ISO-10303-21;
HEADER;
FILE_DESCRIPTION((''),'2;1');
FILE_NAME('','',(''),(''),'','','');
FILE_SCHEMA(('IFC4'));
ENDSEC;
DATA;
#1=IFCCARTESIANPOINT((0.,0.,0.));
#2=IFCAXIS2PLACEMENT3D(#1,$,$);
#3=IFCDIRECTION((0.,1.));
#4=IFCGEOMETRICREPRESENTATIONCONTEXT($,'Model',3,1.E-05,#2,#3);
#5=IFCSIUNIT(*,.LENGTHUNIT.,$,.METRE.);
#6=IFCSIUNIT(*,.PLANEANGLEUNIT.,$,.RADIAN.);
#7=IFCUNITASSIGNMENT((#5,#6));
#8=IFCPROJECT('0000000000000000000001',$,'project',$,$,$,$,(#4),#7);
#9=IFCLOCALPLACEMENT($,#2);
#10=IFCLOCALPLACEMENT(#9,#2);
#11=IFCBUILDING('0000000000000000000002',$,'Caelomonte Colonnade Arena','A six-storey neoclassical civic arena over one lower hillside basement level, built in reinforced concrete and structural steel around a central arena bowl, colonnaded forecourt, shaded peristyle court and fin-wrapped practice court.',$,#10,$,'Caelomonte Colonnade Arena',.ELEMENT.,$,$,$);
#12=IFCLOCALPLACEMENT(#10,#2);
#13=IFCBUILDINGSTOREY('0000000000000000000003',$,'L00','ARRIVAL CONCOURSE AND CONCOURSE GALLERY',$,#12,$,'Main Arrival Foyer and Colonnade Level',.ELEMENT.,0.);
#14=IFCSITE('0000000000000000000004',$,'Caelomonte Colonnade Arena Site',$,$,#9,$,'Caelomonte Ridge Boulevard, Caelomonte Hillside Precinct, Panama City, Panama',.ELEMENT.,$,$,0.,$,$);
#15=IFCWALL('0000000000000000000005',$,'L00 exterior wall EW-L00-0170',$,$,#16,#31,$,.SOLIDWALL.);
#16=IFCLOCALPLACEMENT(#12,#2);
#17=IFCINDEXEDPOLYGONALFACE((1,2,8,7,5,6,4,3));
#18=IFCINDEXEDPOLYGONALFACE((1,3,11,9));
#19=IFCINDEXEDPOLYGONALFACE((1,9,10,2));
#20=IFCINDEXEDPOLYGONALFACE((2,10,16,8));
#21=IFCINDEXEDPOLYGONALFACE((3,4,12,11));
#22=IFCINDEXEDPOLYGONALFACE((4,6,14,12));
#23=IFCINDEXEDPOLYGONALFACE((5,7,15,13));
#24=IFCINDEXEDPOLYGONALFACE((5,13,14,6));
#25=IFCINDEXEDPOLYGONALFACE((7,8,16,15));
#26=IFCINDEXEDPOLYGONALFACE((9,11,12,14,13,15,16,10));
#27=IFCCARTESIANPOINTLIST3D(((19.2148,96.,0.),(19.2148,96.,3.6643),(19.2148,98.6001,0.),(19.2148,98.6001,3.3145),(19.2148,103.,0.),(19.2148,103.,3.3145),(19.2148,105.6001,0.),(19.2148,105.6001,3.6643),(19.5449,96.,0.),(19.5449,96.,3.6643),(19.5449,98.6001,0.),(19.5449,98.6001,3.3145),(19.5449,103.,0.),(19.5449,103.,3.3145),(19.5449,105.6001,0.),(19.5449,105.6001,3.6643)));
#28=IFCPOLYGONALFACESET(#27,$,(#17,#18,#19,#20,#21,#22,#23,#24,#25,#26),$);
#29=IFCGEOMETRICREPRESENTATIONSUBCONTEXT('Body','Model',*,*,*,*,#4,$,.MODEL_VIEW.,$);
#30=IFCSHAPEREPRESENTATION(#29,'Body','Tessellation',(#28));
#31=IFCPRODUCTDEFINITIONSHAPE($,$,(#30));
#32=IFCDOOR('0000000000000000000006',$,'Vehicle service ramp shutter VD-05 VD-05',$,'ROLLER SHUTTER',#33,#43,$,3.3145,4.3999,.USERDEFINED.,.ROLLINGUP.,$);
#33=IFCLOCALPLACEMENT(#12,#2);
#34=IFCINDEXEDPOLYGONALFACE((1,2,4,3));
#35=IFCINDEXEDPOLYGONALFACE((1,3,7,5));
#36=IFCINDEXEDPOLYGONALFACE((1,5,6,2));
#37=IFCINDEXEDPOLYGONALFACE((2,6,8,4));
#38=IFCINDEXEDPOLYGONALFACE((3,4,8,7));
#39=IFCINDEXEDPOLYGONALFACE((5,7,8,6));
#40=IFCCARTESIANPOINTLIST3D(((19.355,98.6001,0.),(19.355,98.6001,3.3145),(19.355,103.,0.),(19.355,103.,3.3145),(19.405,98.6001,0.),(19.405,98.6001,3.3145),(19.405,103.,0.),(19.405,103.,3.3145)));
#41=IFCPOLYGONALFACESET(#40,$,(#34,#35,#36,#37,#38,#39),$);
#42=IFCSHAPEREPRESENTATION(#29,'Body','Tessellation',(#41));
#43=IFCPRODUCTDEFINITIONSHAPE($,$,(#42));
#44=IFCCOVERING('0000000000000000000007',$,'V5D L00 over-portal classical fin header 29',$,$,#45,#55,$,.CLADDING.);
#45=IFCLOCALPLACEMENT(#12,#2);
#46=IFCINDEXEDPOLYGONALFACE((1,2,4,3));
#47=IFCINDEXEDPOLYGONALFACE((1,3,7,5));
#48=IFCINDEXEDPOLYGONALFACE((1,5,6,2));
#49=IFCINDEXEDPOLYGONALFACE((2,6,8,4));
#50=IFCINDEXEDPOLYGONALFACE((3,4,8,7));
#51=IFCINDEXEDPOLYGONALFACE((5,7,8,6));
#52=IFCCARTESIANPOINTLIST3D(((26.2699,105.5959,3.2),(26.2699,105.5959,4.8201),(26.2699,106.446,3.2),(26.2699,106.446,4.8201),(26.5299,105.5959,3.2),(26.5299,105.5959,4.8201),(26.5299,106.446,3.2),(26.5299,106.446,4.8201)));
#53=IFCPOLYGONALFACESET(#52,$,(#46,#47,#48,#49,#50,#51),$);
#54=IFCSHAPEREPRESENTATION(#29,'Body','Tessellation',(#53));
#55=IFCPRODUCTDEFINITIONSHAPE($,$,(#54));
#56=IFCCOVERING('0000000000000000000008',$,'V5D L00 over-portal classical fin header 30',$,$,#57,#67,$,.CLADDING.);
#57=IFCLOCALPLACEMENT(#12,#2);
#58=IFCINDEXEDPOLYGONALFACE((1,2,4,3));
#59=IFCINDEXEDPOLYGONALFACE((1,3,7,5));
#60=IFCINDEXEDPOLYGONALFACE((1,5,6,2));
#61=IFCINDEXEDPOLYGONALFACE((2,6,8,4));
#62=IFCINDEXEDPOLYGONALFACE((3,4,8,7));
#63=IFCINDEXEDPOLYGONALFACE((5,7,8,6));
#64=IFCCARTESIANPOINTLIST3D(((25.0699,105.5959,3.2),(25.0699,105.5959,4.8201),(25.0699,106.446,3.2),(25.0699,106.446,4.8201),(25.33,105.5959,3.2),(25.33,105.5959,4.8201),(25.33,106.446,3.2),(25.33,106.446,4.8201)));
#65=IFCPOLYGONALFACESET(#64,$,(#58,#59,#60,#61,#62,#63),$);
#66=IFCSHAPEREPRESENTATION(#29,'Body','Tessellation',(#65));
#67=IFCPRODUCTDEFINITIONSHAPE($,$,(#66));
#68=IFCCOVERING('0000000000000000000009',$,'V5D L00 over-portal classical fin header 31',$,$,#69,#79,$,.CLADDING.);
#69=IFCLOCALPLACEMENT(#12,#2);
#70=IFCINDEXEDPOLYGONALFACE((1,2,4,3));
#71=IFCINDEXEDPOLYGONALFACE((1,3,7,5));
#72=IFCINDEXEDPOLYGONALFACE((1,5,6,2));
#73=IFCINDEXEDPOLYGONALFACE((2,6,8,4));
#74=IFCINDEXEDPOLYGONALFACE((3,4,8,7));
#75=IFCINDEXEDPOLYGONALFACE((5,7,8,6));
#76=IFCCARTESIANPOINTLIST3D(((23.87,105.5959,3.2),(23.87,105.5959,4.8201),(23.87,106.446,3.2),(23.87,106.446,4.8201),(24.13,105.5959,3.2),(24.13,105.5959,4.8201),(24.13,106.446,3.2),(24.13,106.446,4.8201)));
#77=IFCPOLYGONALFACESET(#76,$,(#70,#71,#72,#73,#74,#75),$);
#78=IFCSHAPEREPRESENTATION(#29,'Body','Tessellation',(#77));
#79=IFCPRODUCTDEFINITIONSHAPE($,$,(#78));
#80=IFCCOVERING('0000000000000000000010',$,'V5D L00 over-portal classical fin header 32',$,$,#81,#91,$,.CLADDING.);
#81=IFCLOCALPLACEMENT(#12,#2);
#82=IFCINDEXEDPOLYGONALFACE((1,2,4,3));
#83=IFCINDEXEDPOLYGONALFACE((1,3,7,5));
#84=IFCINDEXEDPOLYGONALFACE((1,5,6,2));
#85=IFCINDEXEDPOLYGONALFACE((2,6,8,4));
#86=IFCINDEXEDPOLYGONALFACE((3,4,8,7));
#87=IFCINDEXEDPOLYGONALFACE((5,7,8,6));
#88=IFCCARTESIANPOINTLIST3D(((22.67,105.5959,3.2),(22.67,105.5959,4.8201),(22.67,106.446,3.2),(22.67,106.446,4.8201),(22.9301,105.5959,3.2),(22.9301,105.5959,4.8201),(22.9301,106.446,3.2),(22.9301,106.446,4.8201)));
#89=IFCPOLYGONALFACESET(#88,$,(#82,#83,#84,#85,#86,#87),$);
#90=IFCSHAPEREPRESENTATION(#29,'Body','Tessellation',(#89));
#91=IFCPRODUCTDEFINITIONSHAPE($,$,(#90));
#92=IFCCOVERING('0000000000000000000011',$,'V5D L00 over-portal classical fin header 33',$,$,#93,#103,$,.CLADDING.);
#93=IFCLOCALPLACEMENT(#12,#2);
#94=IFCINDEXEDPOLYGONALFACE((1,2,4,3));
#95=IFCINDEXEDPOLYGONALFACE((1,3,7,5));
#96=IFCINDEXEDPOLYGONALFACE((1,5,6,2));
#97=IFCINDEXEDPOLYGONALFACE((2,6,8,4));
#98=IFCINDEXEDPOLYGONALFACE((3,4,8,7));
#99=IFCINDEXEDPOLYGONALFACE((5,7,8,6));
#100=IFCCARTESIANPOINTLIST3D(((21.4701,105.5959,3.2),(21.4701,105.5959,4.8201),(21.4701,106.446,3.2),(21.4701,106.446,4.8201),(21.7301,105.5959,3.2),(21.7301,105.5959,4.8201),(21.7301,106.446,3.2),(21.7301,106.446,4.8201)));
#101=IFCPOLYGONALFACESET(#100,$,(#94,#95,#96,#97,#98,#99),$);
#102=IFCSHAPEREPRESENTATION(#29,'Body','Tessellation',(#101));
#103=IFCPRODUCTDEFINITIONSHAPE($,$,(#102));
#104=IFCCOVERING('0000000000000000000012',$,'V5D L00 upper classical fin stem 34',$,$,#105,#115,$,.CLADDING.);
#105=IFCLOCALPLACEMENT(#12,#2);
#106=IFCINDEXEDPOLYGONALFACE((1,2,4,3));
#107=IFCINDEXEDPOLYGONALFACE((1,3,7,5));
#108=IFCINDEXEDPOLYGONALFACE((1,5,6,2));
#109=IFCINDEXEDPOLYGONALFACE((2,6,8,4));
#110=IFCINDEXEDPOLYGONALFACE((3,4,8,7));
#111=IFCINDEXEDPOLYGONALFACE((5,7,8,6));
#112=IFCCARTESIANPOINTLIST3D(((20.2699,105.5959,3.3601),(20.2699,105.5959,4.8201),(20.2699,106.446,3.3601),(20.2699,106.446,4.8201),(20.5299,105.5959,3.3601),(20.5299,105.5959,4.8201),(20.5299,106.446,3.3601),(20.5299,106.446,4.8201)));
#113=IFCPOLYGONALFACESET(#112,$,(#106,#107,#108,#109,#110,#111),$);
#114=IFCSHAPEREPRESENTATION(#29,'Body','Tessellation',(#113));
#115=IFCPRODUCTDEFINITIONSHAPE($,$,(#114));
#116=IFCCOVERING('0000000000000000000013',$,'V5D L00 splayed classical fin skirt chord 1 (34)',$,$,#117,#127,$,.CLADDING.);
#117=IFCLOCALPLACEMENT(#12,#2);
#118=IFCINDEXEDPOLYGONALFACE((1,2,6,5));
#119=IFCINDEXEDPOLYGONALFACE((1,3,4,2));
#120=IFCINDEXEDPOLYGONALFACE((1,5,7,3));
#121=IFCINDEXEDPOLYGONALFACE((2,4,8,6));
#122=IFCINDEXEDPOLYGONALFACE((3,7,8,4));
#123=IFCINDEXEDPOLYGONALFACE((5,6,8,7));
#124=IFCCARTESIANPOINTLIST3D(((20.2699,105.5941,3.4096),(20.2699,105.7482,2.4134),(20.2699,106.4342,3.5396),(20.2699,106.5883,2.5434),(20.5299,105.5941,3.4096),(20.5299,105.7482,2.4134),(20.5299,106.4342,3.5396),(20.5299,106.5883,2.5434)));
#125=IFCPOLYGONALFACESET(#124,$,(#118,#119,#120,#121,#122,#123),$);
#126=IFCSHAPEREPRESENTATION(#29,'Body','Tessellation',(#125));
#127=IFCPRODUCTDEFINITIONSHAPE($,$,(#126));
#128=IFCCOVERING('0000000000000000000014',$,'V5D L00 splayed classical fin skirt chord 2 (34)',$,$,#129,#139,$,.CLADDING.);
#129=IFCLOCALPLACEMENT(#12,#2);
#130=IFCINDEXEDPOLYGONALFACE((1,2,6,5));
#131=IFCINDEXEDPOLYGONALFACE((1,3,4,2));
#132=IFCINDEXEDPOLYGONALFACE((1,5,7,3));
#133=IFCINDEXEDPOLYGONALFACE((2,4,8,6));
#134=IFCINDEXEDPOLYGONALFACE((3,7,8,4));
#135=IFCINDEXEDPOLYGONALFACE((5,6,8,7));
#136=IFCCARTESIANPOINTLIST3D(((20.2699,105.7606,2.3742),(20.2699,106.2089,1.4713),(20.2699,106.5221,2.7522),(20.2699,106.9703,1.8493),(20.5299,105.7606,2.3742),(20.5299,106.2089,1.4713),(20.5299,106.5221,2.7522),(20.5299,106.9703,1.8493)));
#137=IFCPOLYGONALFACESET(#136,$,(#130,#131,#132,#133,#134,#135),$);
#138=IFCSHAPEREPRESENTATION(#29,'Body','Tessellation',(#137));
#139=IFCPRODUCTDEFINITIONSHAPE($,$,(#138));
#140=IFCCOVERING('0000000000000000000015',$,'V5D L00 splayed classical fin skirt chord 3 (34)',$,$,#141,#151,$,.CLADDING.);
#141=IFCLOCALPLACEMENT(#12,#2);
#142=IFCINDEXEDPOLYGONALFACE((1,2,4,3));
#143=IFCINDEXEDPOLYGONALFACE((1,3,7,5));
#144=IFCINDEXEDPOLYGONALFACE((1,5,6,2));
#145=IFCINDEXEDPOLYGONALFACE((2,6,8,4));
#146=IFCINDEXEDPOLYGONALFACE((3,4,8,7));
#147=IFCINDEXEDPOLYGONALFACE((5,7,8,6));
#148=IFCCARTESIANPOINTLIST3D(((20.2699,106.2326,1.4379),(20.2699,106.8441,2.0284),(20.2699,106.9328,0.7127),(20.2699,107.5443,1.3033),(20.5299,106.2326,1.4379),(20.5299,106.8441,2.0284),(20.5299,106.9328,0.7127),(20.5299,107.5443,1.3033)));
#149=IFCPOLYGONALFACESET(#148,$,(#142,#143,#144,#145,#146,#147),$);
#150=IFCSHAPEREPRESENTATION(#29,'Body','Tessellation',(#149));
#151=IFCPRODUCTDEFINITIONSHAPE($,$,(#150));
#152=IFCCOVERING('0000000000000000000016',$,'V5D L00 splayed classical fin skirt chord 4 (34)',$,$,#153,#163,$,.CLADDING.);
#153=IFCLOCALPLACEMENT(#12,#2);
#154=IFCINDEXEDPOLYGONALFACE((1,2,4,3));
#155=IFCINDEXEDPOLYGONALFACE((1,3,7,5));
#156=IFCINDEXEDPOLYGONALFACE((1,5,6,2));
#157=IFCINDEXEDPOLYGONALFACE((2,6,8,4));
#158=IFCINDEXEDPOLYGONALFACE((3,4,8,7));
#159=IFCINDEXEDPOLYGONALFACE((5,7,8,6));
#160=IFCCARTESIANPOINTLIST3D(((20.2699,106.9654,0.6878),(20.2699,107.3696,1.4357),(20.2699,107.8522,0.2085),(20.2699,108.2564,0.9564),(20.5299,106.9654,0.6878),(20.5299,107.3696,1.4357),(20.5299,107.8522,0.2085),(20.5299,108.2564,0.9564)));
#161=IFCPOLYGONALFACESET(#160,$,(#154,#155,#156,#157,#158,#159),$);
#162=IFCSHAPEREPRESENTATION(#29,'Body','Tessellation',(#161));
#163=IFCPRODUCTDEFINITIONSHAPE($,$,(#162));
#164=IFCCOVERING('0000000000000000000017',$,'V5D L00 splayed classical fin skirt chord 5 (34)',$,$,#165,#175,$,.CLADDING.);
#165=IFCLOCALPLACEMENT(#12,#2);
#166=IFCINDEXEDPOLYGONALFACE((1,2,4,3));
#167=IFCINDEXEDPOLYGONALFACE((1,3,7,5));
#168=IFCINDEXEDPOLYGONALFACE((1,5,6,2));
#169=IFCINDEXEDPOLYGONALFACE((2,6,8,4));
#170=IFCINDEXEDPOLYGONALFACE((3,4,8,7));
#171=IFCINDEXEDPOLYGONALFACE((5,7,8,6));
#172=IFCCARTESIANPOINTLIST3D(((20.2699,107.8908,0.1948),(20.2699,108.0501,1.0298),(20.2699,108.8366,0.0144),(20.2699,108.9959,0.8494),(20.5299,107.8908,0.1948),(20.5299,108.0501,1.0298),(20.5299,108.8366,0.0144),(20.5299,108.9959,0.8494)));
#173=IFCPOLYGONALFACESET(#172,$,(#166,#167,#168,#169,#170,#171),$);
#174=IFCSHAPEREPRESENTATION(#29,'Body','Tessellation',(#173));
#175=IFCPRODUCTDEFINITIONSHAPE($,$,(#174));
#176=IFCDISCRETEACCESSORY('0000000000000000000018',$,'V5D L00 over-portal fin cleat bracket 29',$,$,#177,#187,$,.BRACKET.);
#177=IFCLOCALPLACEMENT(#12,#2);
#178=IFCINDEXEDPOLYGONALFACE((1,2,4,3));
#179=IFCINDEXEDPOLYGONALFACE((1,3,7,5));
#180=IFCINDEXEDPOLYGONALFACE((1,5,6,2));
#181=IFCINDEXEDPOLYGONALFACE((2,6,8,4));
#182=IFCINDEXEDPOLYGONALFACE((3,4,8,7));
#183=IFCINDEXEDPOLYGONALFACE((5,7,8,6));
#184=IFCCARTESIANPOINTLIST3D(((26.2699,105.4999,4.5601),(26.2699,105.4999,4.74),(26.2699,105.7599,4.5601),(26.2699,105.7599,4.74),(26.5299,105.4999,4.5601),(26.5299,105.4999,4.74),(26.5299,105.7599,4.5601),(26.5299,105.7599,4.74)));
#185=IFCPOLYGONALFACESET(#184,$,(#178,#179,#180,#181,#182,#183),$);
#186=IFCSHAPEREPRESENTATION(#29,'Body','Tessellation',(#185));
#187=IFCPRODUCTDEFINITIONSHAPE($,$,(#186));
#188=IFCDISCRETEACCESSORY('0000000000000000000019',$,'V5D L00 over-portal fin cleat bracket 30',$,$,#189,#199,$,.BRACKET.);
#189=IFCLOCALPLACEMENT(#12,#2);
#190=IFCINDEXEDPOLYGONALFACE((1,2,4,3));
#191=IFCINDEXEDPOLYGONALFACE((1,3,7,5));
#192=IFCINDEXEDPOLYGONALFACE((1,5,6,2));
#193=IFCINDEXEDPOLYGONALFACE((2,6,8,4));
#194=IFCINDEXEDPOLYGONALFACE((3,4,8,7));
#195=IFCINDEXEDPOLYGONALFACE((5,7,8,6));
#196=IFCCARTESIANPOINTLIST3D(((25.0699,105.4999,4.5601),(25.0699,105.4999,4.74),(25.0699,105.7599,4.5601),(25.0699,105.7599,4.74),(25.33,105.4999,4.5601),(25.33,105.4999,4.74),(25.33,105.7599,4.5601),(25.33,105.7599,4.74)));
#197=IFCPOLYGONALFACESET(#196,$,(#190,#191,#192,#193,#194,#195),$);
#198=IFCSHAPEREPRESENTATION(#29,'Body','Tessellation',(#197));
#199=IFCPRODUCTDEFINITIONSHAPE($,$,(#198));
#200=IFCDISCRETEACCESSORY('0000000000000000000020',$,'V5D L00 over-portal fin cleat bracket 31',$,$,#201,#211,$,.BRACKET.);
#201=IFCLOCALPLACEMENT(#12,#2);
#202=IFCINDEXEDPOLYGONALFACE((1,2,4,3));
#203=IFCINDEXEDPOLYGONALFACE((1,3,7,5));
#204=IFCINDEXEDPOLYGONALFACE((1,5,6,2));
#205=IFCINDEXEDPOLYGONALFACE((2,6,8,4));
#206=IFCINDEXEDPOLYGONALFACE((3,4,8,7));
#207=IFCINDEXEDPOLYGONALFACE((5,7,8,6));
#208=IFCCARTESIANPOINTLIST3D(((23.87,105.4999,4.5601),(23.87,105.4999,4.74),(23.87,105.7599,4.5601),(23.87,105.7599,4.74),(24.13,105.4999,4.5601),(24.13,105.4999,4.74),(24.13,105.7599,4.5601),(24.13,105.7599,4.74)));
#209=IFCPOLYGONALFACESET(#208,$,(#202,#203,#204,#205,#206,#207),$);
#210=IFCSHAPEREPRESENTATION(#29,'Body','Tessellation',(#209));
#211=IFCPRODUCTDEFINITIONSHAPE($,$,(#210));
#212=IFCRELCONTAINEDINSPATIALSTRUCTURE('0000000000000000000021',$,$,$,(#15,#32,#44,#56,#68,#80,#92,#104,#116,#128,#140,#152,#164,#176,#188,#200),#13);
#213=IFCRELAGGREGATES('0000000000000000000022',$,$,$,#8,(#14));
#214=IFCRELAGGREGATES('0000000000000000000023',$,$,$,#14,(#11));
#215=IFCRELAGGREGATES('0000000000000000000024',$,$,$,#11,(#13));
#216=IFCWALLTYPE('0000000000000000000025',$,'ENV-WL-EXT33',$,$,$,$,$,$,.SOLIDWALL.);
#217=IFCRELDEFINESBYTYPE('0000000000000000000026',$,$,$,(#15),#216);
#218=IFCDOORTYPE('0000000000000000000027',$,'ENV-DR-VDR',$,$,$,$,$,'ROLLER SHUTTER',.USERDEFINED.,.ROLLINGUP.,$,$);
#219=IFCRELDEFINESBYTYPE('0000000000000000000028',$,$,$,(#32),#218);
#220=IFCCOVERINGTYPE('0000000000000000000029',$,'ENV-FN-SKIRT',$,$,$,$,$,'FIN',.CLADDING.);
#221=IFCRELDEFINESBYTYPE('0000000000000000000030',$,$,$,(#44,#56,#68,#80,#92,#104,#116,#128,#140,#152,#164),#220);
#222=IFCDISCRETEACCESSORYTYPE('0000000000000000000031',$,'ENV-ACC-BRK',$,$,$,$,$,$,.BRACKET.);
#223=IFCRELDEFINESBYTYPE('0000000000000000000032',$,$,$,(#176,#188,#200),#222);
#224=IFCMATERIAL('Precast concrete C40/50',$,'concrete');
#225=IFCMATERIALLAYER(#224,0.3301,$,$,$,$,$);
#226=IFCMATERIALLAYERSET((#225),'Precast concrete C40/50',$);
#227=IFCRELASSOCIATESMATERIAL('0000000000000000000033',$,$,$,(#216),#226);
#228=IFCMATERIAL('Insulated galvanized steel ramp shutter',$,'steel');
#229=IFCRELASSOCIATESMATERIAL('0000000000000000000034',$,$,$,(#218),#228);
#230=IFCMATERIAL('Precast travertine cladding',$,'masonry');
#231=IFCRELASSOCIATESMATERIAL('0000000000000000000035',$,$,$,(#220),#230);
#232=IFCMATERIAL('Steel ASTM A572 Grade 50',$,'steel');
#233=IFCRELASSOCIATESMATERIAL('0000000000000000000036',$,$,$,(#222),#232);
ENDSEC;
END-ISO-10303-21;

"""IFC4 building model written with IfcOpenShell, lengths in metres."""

from ifc_helpers import new_model, si_unit, direction, frame, frame_2d, origin, origin_2d, place, context, subcontext, project, spatial, rectangle, extrude, material, layer, layer_set, material_profile, profile_set, type_object, element, fill, save


model = new_model("IFC4")

# Units and contexts
model_context = context("Model", 3, precision=1e-05, world=origin(), true_north=direction((0.0, 1.0)))
body_context = subcontext(model_context, "Body", "Model", "MODEL_VIEW")
ifc_project = project(units=[si_unit("LENGTHUNIT", "METRE"), si_unit("PLANEANGLEUNIT", "RADIAN")], contexts=[model_context])

# Site, building, storey
site_placement = place(None, origin())
site = spatial("IfcSite", under=ifc_project, at=site_placement, Name="Caelomonte Colonnade Arena Site", LongName="Caelomonte Ridge Boulevard, Caelomonte Hillside Precinct, Panama City, Panama", CompositionType="ELEMENT", RefElevation=0.0)
building_placement = place(site_placement, origin())
building = spatial("IfcBuilding", under=site, at=building_placement, Name="Caelomonte Colonnade Arena", Description="A six-storey neoclassical civic arena over one lower hillside basement level, built in reinforced concrete and structural steel around a central arena bowl, colonnaded forecourt, shaded peristyle court and fin-wrapped practice court.", LongName="Caelomonte Colonnade Arena", CompositionType="ELEMENT")
storey_placement = place(building_placement, origin())
storey = spatial("IfcBuildingStorey", under=building, at=storey_placement, Name="L00", Description="ARRIVAL CONCOURSE AND CONCOURSE GALLERY", LongName="Main Arrival Foyer and Colonnade Level", CompositionType="ELEMENT", Elevation=0.0)

# Wall, opening, door
ifc_material_1 = material(Name="Precast concrete C40/50", Category="concrete")
ifc_layer_1 = layer(ifc_material_1, 0.3301)
ifc_layer_set_1 = layer_set([ifc_layer_1], Name="Precast concrete C40/50")
wall_type = type_object("IfcWallType", Name="ENV-WL-EXT33", PredefinedType="SOLIDWALL", material=ifc_layer_set_1)
wall_placement = place(storey_placement, frame((19.3799, 105.6001, 0.0), z_axis=(0.0, 0.0, 1.0), x_axis=(0.0, -1.0, 0.0)))
wall = element("IfcWall", 1, at=wall_placement, inside=storey, type_object=wall_type, Name="L00 exterior wall EW-L00-0170", PredefinedType="SOLIDWALL", context=body_context, shape_type="SweptSolid", body=[
    extrude(rectangle(XDim=9.6001, YDim=0.3301, at=frame_2d((4.8, 0.0))), origin(), (0.0, 0.0, 1.0), 3.6643),
])
opening_placement = place(wall_placement, frame((7.0, 0.0, 0.0), z_axis=(0.0, 0.0, 1.0), x_axis=(-1.0, 0.0, 0.0)))
opening = element("IfcOpeningElement", 2, at=opening_placement, cuts=wall, PredefinedType="OPENING", context=body_context, shape_type="SweptSolid", body=[
    extrude(rectangle(XDim=4.3999, YDim=3.3145, at=frame_2d((2.2, 1.6572))), frame((0.0, 0.175, 0.0), z_axis=(0.0, -1.0, 0.0), x_axis=(1.0, 0.0, 0.0)), (0.0, 0.0, 1.0), 0.3501),
])
ifc_material_2 = material(Name="Insulated galvanized steel ramp shutter", Category="steel")
door_type = type_object("IfcDoorType", Name="ENV-DR-VDR", ElementType="ROLLER SHUTTER", OperationType="ROLLINGUP", PredefinedType="USERDEFINED", material=ifc_material_2)
door_placement = place(opening_placement, origin())
door = element("IfcDoor", 3, at=door_placement, inside=storey, type_object=door_type, Name="Vehicle service ramp shutter VD-05 VD-05", ObjectType="ROLLER SHUTTER", OperationType="ROLLINGUP", OverallHeight=3.3145, OverallWidth=4.3999, PredefinedType="USERDEFINED", context=body_context, shape_type="SweptSolid", body=[
    extrude(rectangle(XDim=4.3999, YDim=3.3145, at=frame_2d((2.2, 1.6572))), frame((0.0, 0.0249, 0.0), z_axis=(0.0, -1.0, 0.0), x_axis=(1.0, 0.0, 0.0)), (0.0, 0.0, 1.0), 0.05),
])
fill(opening, door)

# Coverings
ifc_material_3 = material(Name="Precast travertine cladding", Category="masonry")
ifc_material_profile_1 = material_profile(ifc_material_3, rectangle(XDim=0.26, YDim=0.8501, at=origin_2d()), Name="FIN260X850")
ifc_profile_set_1 = profile_set([ifc_material_profile_1], Name="Precast travertine cladding")
covering_type = type_object("IfcCoveringType", Name="ENV-FN-SKIRT", ElementType="FIN", PredefinedType="CLADDING", material=ifc_profile_set_1)
for number, where, z_axis, x_axis, name in (
    (4, (26.3999, 106.021, 3.2), (0.0, 0.0, 1.0), (1.0, 0.0, 0.0), "V5D L00 over-portal classical fin header 29"),
    (5, (25.2, 106.021, 3.2), (0.0, 0.0, 1.0), (1.0, 0.0, 0.0), "V5D L00 over-portal classical fin header 30"),
    (6, (24.0, 106.021, 3.2), (0.0, 0.0, 1.0), (1.0, 0.0, 0.0), "V5D L00 over-portal classical fin header 31"),
    (7, (22.8, 106.021, 3.2), (0.0, 0.0, 1.0), (1.0, 0.0, 0.0), "V5D L00 over-portal classical fin header 32"),
    (8, (21.6001, 106.021, 3.2), (0.0, 0.0, 1.0), (1.0, 0.0, 0.0), "V5D L00 over-portal classical fin header 33"),
):
    element("IfcCovering", number, at=place(storey_placement, frame(where, z_axis=z_axis, x_axis=x_axis)), inside=storey, type_object=covering_type, Name=name, PredefinedType="CLADDING", context=body_context, shape_type="SweptSolid", body=[
        extrude(rectangle(XDim=0.26, YDim=0.8501, at=origin_2d()), origin(), (0.0, 0.0, 1.0), 1.6201),
    ])
covering_1_placement = place(storey_placement, frame((20.3999, 106.021, 3.3601), z_axis=(0.0, 0.0, 1.0), x_axis=(1.0, 0.0, 0.0)))
element("IfcCovering", 9, at=covering_1_placement, inside=storey, type_object=covering_type, Name="V5D L00 upper classical fin stem 34", PredefinedType="CLADDING", context=body_context, shape_type="SweptSolid", body=[
    extrude(rectangle(XDim=0.26, YDim=0.8501, at=origin_2d()), origin(), (0.0, 0.0, 1.0), 1.46),
])
for number, where, z_axis, x_axis, name in (
    (10, (20.3999, 106.0142, 3.4746), (0.0, 0.15284, -0.988251), (-1.0, 0.0, 0.0), "V5D L00 splayed classical fin skirt chord 1 (34)"),
    (11, (20.3999, 106.1414, 2.5632), (0.0, 0.444693, -0.895683), (-1.0, 0.0, 0.0), "V5D L00 splayed classical fin skirt chord 2 (34)"),
    (12, (20.3999, 106.5383, 1.7332), (0.0, 0.694646, -0.719351), (-1.0, 0.0, 0.0), "V5D L00 splayed classical fin skirt chord 3 (34)"),
    (13, (20.3999, 107.1675, 1.0618), (0.0, 0.879731, -0.475471), (-1.0, 0.0, 0.0), "V5D L00 splayed classical fin skirt chord 4 (34)"),
):
    element("IfcCovering", number, at=place(storey_placement, frame(where, z_axis=z_axis, x_axis=x_axis)), inside=storey, type_object=covering_type, Name=name, PredefinedType="CLADDING", context=body_context, shape_type="SweptSolid", body=[
        extrude(rectangle(XDim=0.26, YDim=0.8501, at=origin_2d()), origin(), (0.0, 0.0, 1.0), 1.0081),
    ])
covering_2_placement = place(storey_placement, frame((20.3999, 107.9705, 0.6123), z_axis=(0.0, 0.982287, -0.18738), x_axis=(-1.0, 0.0, 0.0)))
element("IfcCovering", 14, at=covering_2_placement, inside=storey, type_object=covering_type, Name="V5D L00 splayed classical fin skirt chord 5 (34)", PredefinedType="CLADDING", context=body_context, shape_type="SweptSolid", body=[
    extrude(rectangle(XDim=0.26, YDim=0.8501, at=origin_2d()), origin(), (0.0, 0.0, 1.0), 0.9629),
])

# Discrete accessories
ifc_material_4 = material(Name="Steel ASTM A572 Grade 50", Category="steel")
discrete_accessory_type = type_object("IfcDiscreteAccessoryType", Name="ENV-ACC-BRK", PredefinedType="BRACKET", material=ifc_material_4)
for number, where, z_axis, x_axis, name in (
    (15, (26.3999, 105.6299, 4.5601), (0.0, 0.0, 1.0), (-1.0, 0.0, 0.0), "V5D L00 over-portal fin cleat bracket 29"),
    (16, (25.2, 105.6299, 4.5601), (0.0, 0.0, 1.0), (-1.0, 0.0, 0.0), "V5D L00 over-portal fin cleat bracket 30"),
    (17, (24.0, 105.6299, 4.5601), (0.0, 0.0, 1.0), (-1.0, 0.0, 0.0), "V5D L00 over-portal fin cleat bracket 31"),
):
    element("IfcDiscreteAccessory", number, at=place(storey_placement, frame(where, z_axis=z_axis, x_axis=x_axis)), inside=storey, type_object=discrete_accessory_type, Name=name, PredefinedType="BRACKET", context=body_context, shape_type="SweptSolid", body=[
        extrude(rectangle(XDim=0.26, YDim=0.26, at=origin_2d()), origin(), (0.0, 0.0, 1.0), 0.1799),
    ])

save(model, "model.ifc")
